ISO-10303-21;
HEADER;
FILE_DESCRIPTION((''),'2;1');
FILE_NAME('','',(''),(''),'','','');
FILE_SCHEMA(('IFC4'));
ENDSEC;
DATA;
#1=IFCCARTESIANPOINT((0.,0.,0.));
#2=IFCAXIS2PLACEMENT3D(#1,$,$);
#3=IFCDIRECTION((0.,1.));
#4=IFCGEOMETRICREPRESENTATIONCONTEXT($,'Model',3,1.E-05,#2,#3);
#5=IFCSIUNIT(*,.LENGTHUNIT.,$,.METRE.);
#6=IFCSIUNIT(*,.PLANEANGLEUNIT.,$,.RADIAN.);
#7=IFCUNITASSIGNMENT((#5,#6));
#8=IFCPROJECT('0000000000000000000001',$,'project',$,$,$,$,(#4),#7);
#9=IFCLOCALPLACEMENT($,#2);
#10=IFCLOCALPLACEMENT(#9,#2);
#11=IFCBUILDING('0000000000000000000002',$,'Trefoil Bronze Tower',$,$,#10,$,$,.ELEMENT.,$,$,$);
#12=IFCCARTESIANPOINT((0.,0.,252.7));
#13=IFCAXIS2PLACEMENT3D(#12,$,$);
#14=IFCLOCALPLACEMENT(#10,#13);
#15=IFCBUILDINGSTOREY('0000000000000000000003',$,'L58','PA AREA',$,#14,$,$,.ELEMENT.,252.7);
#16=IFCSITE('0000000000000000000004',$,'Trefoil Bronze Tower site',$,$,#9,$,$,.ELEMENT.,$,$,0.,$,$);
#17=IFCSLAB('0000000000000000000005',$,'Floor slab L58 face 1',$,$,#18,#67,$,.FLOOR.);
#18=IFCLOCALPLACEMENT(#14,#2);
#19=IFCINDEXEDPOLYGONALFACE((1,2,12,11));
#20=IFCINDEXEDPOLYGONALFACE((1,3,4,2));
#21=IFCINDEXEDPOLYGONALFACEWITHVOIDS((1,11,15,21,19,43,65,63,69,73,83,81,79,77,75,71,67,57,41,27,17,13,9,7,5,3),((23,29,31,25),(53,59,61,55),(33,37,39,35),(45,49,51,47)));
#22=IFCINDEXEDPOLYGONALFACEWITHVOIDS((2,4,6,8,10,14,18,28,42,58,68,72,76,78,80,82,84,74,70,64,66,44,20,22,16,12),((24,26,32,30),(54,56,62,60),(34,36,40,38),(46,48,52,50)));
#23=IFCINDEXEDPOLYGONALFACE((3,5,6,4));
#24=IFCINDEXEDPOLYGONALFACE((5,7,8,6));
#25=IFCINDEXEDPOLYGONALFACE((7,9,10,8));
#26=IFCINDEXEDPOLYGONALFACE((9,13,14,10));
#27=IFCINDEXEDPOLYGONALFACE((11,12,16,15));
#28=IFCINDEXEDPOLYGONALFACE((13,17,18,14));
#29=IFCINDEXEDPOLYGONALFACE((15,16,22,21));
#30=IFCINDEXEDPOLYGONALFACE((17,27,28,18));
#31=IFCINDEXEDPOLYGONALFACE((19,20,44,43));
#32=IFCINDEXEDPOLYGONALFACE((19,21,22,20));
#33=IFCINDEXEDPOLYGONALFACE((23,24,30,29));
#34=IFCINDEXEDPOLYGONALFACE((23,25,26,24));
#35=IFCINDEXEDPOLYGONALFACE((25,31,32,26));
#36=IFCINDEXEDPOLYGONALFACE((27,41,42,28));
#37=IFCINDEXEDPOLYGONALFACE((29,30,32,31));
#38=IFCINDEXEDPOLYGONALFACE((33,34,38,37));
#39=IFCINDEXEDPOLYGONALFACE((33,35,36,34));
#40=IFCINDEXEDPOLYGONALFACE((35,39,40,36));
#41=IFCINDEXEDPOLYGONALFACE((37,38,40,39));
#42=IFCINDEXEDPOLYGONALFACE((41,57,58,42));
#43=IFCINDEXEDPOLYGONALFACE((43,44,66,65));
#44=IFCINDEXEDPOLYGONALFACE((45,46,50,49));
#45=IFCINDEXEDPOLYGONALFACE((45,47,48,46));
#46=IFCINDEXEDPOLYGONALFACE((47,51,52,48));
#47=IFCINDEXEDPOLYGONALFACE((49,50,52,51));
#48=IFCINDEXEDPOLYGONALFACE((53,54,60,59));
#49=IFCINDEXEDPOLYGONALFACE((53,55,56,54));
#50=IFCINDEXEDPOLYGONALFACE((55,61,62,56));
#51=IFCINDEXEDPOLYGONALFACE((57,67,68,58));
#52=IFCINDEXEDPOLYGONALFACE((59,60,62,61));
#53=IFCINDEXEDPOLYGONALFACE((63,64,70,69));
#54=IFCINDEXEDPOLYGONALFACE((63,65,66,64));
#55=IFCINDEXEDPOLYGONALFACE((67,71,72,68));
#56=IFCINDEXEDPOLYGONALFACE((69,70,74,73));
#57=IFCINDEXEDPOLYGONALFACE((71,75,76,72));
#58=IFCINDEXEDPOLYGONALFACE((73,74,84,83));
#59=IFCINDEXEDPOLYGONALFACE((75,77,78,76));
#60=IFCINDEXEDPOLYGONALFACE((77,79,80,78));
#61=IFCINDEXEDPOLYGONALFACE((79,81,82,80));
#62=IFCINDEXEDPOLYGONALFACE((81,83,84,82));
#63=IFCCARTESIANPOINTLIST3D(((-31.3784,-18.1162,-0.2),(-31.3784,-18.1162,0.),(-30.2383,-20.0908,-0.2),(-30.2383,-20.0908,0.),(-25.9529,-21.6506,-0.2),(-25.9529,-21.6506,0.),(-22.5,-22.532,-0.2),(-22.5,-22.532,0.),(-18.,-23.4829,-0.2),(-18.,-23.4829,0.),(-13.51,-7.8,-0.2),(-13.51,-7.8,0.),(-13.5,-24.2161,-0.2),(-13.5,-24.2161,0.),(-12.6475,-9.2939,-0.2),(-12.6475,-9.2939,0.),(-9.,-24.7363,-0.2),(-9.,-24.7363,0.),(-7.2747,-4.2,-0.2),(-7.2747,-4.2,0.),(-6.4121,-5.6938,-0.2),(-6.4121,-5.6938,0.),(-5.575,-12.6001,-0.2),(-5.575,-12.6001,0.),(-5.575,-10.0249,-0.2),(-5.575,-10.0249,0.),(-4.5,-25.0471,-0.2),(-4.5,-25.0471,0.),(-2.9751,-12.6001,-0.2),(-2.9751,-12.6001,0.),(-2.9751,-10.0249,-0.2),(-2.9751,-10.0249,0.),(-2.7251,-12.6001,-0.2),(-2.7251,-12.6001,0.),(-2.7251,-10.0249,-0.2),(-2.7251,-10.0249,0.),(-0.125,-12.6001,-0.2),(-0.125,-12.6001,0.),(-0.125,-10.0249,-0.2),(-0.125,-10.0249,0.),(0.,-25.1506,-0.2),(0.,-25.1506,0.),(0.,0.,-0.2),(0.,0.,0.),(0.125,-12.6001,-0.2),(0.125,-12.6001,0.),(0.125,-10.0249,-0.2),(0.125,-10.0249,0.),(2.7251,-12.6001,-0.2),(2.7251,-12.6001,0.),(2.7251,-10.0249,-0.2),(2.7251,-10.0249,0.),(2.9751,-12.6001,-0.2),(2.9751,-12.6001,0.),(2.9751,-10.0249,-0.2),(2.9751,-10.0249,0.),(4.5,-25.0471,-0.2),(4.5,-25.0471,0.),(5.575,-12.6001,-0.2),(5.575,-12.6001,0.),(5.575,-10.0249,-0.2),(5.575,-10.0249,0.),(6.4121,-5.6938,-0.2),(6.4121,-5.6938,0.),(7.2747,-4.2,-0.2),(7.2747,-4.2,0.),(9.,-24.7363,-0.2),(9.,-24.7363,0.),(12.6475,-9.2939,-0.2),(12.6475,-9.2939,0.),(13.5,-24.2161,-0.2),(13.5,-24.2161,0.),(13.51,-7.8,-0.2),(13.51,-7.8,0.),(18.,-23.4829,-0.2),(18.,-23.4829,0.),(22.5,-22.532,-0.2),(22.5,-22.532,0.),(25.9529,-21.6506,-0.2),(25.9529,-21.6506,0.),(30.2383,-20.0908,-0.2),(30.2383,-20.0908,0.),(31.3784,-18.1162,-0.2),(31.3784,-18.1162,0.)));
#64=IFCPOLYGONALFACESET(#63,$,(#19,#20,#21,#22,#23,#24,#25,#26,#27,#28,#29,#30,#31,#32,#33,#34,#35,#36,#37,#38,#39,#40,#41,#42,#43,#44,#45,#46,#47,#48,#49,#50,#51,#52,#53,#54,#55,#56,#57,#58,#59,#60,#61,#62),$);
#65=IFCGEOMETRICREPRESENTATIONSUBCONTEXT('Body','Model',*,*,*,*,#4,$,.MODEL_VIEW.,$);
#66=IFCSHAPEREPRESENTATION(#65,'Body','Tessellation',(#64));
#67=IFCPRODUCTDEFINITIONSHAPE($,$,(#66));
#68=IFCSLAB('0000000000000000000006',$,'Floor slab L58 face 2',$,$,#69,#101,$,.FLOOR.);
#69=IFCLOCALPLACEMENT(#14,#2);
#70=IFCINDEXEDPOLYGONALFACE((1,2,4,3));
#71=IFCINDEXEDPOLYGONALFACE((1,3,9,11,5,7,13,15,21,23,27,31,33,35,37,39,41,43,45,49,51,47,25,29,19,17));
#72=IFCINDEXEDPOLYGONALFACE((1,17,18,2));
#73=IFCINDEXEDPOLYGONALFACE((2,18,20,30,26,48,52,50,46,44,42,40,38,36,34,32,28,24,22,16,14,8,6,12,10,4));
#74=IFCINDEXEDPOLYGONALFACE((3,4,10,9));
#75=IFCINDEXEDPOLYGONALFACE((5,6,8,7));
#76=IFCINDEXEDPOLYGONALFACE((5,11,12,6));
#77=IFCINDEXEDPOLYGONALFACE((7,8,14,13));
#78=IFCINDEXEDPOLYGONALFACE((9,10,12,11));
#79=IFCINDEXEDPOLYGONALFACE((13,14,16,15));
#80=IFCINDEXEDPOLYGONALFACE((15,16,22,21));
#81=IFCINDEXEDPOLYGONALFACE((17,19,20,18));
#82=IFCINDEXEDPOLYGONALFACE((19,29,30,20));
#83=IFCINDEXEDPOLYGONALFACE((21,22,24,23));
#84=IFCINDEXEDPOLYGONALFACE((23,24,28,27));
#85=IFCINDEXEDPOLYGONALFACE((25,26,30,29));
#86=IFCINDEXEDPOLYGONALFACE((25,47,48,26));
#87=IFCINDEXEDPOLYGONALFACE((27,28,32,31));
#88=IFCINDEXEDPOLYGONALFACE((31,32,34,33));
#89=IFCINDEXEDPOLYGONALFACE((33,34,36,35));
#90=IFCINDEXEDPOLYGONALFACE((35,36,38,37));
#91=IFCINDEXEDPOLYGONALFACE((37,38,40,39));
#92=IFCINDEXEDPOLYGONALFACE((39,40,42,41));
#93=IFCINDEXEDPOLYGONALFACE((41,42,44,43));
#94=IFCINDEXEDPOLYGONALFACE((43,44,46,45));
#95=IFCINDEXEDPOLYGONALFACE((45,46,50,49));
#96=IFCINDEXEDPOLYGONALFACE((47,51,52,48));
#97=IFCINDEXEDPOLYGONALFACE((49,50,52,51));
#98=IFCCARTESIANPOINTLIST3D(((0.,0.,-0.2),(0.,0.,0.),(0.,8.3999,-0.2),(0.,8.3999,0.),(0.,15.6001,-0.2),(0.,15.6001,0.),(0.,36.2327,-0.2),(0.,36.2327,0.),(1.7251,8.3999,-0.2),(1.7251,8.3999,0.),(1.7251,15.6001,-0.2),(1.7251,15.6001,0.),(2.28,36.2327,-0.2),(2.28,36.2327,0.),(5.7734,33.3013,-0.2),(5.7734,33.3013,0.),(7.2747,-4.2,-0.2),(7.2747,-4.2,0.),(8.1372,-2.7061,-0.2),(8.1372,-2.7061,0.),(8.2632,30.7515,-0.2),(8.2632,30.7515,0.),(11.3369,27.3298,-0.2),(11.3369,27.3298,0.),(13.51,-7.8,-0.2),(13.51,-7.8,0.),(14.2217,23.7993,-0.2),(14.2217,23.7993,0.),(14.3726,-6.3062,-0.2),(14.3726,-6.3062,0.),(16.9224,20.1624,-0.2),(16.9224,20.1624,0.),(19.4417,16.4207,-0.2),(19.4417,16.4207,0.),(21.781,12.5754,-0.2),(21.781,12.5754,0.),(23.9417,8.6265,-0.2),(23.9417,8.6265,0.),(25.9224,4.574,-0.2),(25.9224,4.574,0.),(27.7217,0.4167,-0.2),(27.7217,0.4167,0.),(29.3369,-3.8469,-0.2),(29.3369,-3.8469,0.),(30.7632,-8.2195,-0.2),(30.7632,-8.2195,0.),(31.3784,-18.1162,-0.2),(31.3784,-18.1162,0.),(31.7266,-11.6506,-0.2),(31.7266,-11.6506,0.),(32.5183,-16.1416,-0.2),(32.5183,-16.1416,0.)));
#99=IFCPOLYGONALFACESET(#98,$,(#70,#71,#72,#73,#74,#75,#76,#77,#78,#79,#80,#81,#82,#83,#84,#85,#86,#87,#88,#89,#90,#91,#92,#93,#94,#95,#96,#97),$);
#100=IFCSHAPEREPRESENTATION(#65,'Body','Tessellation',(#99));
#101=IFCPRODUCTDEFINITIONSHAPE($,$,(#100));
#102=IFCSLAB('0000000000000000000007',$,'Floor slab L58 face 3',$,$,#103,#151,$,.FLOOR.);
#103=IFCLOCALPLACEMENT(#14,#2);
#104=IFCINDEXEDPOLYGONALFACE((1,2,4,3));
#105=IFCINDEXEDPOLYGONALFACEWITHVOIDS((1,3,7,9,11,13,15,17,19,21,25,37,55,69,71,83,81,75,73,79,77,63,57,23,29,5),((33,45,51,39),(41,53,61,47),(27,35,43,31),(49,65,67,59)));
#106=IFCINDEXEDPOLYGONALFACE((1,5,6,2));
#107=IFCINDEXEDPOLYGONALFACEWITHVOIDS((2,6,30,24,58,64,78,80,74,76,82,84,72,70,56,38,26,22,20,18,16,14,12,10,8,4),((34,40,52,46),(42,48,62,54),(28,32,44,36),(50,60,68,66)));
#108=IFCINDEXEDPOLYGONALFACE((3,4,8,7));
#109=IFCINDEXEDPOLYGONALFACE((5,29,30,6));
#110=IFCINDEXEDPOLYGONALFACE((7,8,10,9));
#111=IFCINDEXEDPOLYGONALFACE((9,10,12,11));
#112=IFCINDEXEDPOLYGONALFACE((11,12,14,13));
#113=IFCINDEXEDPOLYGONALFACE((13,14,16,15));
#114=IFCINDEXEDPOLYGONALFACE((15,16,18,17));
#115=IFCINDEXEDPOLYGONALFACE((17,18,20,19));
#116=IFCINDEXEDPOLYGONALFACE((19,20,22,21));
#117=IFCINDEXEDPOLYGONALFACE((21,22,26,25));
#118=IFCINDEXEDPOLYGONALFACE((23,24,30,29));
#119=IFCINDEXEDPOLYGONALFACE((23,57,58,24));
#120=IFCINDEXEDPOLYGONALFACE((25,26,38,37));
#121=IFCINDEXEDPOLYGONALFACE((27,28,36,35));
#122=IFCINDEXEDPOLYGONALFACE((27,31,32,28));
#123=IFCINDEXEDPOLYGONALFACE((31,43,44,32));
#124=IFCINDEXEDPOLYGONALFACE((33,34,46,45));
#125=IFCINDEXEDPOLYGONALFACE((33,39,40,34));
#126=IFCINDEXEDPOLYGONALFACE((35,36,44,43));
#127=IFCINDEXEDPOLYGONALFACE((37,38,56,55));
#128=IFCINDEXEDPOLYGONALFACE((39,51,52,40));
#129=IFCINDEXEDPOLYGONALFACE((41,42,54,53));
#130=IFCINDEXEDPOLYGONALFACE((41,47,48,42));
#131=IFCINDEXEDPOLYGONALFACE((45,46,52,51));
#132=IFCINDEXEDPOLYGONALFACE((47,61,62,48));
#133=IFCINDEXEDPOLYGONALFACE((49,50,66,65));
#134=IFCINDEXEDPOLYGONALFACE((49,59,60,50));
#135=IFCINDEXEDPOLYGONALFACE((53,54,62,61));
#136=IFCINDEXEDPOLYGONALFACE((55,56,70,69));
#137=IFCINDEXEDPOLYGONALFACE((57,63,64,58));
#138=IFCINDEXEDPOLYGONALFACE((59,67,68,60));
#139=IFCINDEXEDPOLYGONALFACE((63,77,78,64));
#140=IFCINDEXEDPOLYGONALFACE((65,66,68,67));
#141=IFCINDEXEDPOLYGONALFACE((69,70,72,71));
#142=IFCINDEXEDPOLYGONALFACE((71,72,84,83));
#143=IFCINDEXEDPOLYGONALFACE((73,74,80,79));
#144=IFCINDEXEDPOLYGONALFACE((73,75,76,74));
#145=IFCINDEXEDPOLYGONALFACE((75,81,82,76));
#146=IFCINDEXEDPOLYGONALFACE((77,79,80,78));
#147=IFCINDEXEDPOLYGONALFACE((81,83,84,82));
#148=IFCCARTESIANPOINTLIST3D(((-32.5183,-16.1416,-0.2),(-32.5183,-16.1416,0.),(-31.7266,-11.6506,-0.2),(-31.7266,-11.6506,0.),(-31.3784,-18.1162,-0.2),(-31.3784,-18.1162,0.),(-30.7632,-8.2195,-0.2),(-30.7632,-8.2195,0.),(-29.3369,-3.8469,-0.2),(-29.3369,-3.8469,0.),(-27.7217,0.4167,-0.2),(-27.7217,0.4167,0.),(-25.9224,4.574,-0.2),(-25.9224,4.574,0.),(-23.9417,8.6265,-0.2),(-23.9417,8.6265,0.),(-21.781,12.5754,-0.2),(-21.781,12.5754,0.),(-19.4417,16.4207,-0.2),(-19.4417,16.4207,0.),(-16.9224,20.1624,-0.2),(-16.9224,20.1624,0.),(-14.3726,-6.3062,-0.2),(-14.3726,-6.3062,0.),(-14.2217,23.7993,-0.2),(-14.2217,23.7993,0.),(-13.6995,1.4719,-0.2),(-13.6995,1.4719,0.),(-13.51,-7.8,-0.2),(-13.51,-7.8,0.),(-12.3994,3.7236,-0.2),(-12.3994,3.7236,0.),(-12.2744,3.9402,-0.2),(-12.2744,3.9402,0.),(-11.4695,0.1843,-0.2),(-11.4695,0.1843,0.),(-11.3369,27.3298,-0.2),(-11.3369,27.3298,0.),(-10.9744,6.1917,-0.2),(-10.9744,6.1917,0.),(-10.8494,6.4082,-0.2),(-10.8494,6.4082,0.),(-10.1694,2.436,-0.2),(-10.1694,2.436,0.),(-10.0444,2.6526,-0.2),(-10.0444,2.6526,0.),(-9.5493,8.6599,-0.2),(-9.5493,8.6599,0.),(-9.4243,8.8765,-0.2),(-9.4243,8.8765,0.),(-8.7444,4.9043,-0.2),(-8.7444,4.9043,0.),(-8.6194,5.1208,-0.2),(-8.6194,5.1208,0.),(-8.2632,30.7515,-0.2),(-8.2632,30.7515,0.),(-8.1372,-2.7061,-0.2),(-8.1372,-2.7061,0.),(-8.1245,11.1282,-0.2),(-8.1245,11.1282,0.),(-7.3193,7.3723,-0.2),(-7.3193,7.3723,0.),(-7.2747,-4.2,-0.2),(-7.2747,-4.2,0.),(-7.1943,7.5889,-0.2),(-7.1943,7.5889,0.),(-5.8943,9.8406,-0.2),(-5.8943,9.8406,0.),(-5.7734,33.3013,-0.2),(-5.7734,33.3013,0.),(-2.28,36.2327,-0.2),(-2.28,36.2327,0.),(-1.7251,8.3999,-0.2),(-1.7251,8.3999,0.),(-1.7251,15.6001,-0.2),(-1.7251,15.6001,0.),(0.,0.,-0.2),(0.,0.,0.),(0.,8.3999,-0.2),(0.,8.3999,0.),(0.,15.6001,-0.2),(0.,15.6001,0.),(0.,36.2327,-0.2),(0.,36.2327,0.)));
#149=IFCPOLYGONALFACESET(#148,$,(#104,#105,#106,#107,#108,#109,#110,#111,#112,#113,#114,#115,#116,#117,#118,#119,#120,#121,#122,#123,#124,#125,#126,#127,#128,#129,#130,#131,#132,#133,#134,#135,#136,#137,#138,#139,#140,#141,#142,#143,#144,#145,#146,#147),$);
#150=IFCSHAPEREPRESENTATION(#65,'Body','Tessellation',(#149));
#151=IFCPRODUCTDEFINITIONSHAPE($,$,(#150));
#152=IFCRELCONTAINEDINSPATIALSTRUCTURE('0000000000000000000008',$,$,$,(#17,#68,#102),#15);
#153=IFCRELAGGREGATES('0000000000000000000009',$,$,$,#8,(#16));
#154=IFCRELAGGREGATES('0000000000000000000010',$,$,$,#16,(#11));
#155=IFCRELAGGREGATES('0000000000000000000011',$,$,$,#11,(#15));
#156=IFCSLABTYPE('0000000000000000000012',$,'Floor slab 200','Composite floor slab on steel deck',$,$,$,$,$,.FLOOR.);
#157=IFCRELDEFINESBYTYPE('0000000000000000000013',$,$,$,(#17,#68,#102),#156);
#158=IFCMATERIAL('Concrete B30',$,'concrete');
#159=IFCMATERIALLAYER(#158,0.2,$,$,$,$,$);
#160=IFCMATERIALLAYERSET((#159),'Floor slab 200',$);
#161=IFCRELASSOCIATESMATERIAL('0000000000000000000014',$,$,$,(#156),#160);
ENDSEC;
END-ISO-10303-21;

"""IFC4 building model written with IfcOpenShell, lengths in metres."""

from ifc_helpers import new_model, si_unit, direction, frame, origin, place, context, subcontext, project, spatial, polyline, outline, extrude, material, layer, layer_set, type_object, element, save


model = new_model("IFC4")

# Units and contexts
model_context = context("Model", 3, precision=1e-05, world=origin(), true_north=direction((0.0, 1.0)))
body_context = subcontext(model_context, "Body", "Model", "MODEL_VIEW")
ifc_project = project(units=[si_unit("LENGTHUNIT", "METRE"), si_unit("PLANEANGLEUNIT", "RADIAN")], contexts=[model_context])

# Site, building, storey
site_placement = place(None, origin())
site = spatial("IfcSite", under=ifc_project, at=site_placement, Name="Trefoil Bronze Tower site", CompositionType="ELEMENT", RefElevation=0.0)
building_placement = place(site_placement, origin())
building = spatial("IfcBuilding", under=site, at=building_placement, Name="Trefoil Bronze Tower", CompositionType="ELEMENT")
storey_placement = place(building_placement, frame((0.0, 0.0, 252.7)))
storey = spatial("IfcBuildingStorey", under=building, at=storey_placement, Name="L58", Description="PA AREA", CompositionType="ELEMENT", Elevation=252.7)

# Slabs
ifc_material_1 = material(Name="Concrete B30", Category="concrete")
ifc_layer_1 = layer(ifc_material_1, 0.2)
ifc_layer_set_1 = layer_set([ifc_layer_1], Name="Floor slab 200")
slab_type = type_object("IfcSlabType", Name="Floor slab 200", Description="Composite floor slab on steel deck", PredefinedType="FLOOR", material=ifc_layer_set_1)
slab_1_placement = place(storey_placement, frame((0.0, 0.0, -0.2)))
element("IfcSlab", 1, at=slab_1_placement, inside=storey, type_object=slab_type, Name="Floor slab L58 face 1", PredefinedType="FLOOR", context=body_context, shape_type="SweptSolid", body=[
    extrude(outline(polyline([(18.0, -23.4829), (13.5, -24.2161), (9.0, -24.7363), (4.5, -25.0471), (0.0, -25.1506), (-4.5, -25.0471), (-9.0, -24.7363), (-13.5, -24.2161), (-18.0, -23.4829), (-22.5, -22.532), (-25.9529, -21.6506), (-30.2383, -20.0908), (-31.3784, -18.1162), (-13.51, -7.8), (-12.6475, -9.2939), (-6.4121, -5.6938), (-7.2747, -4.2), (0.0, 0.0), (7.2747, -4.2), (6.4121, -5.6938), (12.6475, -9.2939), (13.51, -7.8), (31.3784, -18.1162), (30.2383, -20.0908), (25.9529, -21.6506), (22.5, -22.532), (18.0, -23.4829)]), holes=[polyline([(-5.575, -10.0249), (-2.9751, -10.0249), (-2.9751, -12.6001), (-5.575, -12.6001), (-5.575, -10.0249)]), polyline([(-2.7251, -10.0249), (-0.125, -10.0249), (-0.125, -12.6001), (-2.7251, -12.6001), (-2.7251, -10.0249)]), polyline([(0.125, -10.0249), (2.7251, -10.0249), (2.7251, -12.6001), (0.125, -12.6001), (0.125, -10.0249)]), polyline([(2.9751, -10.0249), (5.575, -10.0249), (5.575, -12.6001), (2.9751, -12.6001), (2.9751, -10.0249)])]), origin(), (0.0, 0.0, 1.0), 0.2),
])
slab_2_placement = place(storey_placement, frame((0.0, 0.0, -0.2)))
element("IfcSlab", 2, at=slab_2_placement, inside=storey, type_object=slab_type, Name="Floor slab L58 face 2", PredefinedType="FLOOR", context=body_context, shape_type="SweptSolid", body=[
    extrude(outline(polyline([(11.3369, 27.3298), (14.2217, 23.7993), (16.9224, 20.1624), (19.4417, 16.4207), (21.781, 12.5754), (23.9417, 8.6265), (25.9224, 4.574), (27.7217, 0.4167), (29.3369, -3.8469), (30.7632, -8.2195), (31.7266, -11.6506), (32.5183, -16.1416), (31.3784, -18.1162), (13.51, -7.8), (14.3726, -6.3062), (8.1372, -2.7061), (7.2747, -4.2), (0.0, 0.0), (0.0, 8.3999), (1.7251, 8.3999), (1.7251, 15.6001), (0.0, 15.6001), (0.0, 36.2327), (2.28, 36.2327), (5.7734, 33.3013), (8.2632, 30.7515), (11.3369, 27.3298)])), origin(), (0.0, 0.0, 1.0), 0.2),
])
slab_3_placement = place(storey_placement, frame((0.0, 0.0, -0.2)))
element("IfcSlab", 3, at=slab_3_placement, inside=storey, type_object=slab_type, Name="Floor slab L58 face 3", PredefinedType="FLOOR", context=body_context, shape_type="SweptSolid", body=[
    extrude(outline(polyline([(-29.3369, -3.8469), (-27.7217, 0.4167), (-25.9224, 4.574), (-23.9417, 8.6265), (-21.781, 12.5754), (-19.4417, 16.4207), (-16.9224, 20.1624), (-14.2217, 23.7993), (-11.3369, 27.3298), (-8.2632, 30.7515), (-5.7734, 33.3013), (-2.28, 36.2327), (0.0, 36.2327), (0.0, 15.6001), (-1.7251, 15.6001), (-1.7251, 8.3999), (0.0, 8.3999), (0.0, 0.0), (-7.2747, -4.2), (-8.1372, -2.7061), (-14.3726, -6.3062), (-13.51, -7.8), (-31.3784, -18.1162), (-32.5183, -16.1416), (-31.7266, -11.6506), (-30.7632, -8.2195), (-29.3369, -3.8469)]), holes=[polyline([(-5.8943, 9.8406), (-7.1943, 7.5889), (-9.4243, 8.8765), (-8.1245, 11.1282), (-5.8943, 9.8406)]), polyline([(-7.3193, 7.3723), (-8.6194, 5.1208), (-10.8494, 6.4082), (-9.5493, 8.6599), (-7.3193, 7.3723)]), polyline([(-8.7444, 4.9043), (-10.0444, 2.6526), (-12.2744, 3.9402), (-10.9744, 6.1917), (-8.7444, 4.9043)]), polyline([(-10.1694, 2.436), (-11.4695, 0.1843), (-13.6995, 1.4719), (-12.3994, 3.7236), (-10.1694, 2.436)])]), origin(), (0.0, 0.0, 1.0), 0.2),
])

save(model, "model.ifc")
